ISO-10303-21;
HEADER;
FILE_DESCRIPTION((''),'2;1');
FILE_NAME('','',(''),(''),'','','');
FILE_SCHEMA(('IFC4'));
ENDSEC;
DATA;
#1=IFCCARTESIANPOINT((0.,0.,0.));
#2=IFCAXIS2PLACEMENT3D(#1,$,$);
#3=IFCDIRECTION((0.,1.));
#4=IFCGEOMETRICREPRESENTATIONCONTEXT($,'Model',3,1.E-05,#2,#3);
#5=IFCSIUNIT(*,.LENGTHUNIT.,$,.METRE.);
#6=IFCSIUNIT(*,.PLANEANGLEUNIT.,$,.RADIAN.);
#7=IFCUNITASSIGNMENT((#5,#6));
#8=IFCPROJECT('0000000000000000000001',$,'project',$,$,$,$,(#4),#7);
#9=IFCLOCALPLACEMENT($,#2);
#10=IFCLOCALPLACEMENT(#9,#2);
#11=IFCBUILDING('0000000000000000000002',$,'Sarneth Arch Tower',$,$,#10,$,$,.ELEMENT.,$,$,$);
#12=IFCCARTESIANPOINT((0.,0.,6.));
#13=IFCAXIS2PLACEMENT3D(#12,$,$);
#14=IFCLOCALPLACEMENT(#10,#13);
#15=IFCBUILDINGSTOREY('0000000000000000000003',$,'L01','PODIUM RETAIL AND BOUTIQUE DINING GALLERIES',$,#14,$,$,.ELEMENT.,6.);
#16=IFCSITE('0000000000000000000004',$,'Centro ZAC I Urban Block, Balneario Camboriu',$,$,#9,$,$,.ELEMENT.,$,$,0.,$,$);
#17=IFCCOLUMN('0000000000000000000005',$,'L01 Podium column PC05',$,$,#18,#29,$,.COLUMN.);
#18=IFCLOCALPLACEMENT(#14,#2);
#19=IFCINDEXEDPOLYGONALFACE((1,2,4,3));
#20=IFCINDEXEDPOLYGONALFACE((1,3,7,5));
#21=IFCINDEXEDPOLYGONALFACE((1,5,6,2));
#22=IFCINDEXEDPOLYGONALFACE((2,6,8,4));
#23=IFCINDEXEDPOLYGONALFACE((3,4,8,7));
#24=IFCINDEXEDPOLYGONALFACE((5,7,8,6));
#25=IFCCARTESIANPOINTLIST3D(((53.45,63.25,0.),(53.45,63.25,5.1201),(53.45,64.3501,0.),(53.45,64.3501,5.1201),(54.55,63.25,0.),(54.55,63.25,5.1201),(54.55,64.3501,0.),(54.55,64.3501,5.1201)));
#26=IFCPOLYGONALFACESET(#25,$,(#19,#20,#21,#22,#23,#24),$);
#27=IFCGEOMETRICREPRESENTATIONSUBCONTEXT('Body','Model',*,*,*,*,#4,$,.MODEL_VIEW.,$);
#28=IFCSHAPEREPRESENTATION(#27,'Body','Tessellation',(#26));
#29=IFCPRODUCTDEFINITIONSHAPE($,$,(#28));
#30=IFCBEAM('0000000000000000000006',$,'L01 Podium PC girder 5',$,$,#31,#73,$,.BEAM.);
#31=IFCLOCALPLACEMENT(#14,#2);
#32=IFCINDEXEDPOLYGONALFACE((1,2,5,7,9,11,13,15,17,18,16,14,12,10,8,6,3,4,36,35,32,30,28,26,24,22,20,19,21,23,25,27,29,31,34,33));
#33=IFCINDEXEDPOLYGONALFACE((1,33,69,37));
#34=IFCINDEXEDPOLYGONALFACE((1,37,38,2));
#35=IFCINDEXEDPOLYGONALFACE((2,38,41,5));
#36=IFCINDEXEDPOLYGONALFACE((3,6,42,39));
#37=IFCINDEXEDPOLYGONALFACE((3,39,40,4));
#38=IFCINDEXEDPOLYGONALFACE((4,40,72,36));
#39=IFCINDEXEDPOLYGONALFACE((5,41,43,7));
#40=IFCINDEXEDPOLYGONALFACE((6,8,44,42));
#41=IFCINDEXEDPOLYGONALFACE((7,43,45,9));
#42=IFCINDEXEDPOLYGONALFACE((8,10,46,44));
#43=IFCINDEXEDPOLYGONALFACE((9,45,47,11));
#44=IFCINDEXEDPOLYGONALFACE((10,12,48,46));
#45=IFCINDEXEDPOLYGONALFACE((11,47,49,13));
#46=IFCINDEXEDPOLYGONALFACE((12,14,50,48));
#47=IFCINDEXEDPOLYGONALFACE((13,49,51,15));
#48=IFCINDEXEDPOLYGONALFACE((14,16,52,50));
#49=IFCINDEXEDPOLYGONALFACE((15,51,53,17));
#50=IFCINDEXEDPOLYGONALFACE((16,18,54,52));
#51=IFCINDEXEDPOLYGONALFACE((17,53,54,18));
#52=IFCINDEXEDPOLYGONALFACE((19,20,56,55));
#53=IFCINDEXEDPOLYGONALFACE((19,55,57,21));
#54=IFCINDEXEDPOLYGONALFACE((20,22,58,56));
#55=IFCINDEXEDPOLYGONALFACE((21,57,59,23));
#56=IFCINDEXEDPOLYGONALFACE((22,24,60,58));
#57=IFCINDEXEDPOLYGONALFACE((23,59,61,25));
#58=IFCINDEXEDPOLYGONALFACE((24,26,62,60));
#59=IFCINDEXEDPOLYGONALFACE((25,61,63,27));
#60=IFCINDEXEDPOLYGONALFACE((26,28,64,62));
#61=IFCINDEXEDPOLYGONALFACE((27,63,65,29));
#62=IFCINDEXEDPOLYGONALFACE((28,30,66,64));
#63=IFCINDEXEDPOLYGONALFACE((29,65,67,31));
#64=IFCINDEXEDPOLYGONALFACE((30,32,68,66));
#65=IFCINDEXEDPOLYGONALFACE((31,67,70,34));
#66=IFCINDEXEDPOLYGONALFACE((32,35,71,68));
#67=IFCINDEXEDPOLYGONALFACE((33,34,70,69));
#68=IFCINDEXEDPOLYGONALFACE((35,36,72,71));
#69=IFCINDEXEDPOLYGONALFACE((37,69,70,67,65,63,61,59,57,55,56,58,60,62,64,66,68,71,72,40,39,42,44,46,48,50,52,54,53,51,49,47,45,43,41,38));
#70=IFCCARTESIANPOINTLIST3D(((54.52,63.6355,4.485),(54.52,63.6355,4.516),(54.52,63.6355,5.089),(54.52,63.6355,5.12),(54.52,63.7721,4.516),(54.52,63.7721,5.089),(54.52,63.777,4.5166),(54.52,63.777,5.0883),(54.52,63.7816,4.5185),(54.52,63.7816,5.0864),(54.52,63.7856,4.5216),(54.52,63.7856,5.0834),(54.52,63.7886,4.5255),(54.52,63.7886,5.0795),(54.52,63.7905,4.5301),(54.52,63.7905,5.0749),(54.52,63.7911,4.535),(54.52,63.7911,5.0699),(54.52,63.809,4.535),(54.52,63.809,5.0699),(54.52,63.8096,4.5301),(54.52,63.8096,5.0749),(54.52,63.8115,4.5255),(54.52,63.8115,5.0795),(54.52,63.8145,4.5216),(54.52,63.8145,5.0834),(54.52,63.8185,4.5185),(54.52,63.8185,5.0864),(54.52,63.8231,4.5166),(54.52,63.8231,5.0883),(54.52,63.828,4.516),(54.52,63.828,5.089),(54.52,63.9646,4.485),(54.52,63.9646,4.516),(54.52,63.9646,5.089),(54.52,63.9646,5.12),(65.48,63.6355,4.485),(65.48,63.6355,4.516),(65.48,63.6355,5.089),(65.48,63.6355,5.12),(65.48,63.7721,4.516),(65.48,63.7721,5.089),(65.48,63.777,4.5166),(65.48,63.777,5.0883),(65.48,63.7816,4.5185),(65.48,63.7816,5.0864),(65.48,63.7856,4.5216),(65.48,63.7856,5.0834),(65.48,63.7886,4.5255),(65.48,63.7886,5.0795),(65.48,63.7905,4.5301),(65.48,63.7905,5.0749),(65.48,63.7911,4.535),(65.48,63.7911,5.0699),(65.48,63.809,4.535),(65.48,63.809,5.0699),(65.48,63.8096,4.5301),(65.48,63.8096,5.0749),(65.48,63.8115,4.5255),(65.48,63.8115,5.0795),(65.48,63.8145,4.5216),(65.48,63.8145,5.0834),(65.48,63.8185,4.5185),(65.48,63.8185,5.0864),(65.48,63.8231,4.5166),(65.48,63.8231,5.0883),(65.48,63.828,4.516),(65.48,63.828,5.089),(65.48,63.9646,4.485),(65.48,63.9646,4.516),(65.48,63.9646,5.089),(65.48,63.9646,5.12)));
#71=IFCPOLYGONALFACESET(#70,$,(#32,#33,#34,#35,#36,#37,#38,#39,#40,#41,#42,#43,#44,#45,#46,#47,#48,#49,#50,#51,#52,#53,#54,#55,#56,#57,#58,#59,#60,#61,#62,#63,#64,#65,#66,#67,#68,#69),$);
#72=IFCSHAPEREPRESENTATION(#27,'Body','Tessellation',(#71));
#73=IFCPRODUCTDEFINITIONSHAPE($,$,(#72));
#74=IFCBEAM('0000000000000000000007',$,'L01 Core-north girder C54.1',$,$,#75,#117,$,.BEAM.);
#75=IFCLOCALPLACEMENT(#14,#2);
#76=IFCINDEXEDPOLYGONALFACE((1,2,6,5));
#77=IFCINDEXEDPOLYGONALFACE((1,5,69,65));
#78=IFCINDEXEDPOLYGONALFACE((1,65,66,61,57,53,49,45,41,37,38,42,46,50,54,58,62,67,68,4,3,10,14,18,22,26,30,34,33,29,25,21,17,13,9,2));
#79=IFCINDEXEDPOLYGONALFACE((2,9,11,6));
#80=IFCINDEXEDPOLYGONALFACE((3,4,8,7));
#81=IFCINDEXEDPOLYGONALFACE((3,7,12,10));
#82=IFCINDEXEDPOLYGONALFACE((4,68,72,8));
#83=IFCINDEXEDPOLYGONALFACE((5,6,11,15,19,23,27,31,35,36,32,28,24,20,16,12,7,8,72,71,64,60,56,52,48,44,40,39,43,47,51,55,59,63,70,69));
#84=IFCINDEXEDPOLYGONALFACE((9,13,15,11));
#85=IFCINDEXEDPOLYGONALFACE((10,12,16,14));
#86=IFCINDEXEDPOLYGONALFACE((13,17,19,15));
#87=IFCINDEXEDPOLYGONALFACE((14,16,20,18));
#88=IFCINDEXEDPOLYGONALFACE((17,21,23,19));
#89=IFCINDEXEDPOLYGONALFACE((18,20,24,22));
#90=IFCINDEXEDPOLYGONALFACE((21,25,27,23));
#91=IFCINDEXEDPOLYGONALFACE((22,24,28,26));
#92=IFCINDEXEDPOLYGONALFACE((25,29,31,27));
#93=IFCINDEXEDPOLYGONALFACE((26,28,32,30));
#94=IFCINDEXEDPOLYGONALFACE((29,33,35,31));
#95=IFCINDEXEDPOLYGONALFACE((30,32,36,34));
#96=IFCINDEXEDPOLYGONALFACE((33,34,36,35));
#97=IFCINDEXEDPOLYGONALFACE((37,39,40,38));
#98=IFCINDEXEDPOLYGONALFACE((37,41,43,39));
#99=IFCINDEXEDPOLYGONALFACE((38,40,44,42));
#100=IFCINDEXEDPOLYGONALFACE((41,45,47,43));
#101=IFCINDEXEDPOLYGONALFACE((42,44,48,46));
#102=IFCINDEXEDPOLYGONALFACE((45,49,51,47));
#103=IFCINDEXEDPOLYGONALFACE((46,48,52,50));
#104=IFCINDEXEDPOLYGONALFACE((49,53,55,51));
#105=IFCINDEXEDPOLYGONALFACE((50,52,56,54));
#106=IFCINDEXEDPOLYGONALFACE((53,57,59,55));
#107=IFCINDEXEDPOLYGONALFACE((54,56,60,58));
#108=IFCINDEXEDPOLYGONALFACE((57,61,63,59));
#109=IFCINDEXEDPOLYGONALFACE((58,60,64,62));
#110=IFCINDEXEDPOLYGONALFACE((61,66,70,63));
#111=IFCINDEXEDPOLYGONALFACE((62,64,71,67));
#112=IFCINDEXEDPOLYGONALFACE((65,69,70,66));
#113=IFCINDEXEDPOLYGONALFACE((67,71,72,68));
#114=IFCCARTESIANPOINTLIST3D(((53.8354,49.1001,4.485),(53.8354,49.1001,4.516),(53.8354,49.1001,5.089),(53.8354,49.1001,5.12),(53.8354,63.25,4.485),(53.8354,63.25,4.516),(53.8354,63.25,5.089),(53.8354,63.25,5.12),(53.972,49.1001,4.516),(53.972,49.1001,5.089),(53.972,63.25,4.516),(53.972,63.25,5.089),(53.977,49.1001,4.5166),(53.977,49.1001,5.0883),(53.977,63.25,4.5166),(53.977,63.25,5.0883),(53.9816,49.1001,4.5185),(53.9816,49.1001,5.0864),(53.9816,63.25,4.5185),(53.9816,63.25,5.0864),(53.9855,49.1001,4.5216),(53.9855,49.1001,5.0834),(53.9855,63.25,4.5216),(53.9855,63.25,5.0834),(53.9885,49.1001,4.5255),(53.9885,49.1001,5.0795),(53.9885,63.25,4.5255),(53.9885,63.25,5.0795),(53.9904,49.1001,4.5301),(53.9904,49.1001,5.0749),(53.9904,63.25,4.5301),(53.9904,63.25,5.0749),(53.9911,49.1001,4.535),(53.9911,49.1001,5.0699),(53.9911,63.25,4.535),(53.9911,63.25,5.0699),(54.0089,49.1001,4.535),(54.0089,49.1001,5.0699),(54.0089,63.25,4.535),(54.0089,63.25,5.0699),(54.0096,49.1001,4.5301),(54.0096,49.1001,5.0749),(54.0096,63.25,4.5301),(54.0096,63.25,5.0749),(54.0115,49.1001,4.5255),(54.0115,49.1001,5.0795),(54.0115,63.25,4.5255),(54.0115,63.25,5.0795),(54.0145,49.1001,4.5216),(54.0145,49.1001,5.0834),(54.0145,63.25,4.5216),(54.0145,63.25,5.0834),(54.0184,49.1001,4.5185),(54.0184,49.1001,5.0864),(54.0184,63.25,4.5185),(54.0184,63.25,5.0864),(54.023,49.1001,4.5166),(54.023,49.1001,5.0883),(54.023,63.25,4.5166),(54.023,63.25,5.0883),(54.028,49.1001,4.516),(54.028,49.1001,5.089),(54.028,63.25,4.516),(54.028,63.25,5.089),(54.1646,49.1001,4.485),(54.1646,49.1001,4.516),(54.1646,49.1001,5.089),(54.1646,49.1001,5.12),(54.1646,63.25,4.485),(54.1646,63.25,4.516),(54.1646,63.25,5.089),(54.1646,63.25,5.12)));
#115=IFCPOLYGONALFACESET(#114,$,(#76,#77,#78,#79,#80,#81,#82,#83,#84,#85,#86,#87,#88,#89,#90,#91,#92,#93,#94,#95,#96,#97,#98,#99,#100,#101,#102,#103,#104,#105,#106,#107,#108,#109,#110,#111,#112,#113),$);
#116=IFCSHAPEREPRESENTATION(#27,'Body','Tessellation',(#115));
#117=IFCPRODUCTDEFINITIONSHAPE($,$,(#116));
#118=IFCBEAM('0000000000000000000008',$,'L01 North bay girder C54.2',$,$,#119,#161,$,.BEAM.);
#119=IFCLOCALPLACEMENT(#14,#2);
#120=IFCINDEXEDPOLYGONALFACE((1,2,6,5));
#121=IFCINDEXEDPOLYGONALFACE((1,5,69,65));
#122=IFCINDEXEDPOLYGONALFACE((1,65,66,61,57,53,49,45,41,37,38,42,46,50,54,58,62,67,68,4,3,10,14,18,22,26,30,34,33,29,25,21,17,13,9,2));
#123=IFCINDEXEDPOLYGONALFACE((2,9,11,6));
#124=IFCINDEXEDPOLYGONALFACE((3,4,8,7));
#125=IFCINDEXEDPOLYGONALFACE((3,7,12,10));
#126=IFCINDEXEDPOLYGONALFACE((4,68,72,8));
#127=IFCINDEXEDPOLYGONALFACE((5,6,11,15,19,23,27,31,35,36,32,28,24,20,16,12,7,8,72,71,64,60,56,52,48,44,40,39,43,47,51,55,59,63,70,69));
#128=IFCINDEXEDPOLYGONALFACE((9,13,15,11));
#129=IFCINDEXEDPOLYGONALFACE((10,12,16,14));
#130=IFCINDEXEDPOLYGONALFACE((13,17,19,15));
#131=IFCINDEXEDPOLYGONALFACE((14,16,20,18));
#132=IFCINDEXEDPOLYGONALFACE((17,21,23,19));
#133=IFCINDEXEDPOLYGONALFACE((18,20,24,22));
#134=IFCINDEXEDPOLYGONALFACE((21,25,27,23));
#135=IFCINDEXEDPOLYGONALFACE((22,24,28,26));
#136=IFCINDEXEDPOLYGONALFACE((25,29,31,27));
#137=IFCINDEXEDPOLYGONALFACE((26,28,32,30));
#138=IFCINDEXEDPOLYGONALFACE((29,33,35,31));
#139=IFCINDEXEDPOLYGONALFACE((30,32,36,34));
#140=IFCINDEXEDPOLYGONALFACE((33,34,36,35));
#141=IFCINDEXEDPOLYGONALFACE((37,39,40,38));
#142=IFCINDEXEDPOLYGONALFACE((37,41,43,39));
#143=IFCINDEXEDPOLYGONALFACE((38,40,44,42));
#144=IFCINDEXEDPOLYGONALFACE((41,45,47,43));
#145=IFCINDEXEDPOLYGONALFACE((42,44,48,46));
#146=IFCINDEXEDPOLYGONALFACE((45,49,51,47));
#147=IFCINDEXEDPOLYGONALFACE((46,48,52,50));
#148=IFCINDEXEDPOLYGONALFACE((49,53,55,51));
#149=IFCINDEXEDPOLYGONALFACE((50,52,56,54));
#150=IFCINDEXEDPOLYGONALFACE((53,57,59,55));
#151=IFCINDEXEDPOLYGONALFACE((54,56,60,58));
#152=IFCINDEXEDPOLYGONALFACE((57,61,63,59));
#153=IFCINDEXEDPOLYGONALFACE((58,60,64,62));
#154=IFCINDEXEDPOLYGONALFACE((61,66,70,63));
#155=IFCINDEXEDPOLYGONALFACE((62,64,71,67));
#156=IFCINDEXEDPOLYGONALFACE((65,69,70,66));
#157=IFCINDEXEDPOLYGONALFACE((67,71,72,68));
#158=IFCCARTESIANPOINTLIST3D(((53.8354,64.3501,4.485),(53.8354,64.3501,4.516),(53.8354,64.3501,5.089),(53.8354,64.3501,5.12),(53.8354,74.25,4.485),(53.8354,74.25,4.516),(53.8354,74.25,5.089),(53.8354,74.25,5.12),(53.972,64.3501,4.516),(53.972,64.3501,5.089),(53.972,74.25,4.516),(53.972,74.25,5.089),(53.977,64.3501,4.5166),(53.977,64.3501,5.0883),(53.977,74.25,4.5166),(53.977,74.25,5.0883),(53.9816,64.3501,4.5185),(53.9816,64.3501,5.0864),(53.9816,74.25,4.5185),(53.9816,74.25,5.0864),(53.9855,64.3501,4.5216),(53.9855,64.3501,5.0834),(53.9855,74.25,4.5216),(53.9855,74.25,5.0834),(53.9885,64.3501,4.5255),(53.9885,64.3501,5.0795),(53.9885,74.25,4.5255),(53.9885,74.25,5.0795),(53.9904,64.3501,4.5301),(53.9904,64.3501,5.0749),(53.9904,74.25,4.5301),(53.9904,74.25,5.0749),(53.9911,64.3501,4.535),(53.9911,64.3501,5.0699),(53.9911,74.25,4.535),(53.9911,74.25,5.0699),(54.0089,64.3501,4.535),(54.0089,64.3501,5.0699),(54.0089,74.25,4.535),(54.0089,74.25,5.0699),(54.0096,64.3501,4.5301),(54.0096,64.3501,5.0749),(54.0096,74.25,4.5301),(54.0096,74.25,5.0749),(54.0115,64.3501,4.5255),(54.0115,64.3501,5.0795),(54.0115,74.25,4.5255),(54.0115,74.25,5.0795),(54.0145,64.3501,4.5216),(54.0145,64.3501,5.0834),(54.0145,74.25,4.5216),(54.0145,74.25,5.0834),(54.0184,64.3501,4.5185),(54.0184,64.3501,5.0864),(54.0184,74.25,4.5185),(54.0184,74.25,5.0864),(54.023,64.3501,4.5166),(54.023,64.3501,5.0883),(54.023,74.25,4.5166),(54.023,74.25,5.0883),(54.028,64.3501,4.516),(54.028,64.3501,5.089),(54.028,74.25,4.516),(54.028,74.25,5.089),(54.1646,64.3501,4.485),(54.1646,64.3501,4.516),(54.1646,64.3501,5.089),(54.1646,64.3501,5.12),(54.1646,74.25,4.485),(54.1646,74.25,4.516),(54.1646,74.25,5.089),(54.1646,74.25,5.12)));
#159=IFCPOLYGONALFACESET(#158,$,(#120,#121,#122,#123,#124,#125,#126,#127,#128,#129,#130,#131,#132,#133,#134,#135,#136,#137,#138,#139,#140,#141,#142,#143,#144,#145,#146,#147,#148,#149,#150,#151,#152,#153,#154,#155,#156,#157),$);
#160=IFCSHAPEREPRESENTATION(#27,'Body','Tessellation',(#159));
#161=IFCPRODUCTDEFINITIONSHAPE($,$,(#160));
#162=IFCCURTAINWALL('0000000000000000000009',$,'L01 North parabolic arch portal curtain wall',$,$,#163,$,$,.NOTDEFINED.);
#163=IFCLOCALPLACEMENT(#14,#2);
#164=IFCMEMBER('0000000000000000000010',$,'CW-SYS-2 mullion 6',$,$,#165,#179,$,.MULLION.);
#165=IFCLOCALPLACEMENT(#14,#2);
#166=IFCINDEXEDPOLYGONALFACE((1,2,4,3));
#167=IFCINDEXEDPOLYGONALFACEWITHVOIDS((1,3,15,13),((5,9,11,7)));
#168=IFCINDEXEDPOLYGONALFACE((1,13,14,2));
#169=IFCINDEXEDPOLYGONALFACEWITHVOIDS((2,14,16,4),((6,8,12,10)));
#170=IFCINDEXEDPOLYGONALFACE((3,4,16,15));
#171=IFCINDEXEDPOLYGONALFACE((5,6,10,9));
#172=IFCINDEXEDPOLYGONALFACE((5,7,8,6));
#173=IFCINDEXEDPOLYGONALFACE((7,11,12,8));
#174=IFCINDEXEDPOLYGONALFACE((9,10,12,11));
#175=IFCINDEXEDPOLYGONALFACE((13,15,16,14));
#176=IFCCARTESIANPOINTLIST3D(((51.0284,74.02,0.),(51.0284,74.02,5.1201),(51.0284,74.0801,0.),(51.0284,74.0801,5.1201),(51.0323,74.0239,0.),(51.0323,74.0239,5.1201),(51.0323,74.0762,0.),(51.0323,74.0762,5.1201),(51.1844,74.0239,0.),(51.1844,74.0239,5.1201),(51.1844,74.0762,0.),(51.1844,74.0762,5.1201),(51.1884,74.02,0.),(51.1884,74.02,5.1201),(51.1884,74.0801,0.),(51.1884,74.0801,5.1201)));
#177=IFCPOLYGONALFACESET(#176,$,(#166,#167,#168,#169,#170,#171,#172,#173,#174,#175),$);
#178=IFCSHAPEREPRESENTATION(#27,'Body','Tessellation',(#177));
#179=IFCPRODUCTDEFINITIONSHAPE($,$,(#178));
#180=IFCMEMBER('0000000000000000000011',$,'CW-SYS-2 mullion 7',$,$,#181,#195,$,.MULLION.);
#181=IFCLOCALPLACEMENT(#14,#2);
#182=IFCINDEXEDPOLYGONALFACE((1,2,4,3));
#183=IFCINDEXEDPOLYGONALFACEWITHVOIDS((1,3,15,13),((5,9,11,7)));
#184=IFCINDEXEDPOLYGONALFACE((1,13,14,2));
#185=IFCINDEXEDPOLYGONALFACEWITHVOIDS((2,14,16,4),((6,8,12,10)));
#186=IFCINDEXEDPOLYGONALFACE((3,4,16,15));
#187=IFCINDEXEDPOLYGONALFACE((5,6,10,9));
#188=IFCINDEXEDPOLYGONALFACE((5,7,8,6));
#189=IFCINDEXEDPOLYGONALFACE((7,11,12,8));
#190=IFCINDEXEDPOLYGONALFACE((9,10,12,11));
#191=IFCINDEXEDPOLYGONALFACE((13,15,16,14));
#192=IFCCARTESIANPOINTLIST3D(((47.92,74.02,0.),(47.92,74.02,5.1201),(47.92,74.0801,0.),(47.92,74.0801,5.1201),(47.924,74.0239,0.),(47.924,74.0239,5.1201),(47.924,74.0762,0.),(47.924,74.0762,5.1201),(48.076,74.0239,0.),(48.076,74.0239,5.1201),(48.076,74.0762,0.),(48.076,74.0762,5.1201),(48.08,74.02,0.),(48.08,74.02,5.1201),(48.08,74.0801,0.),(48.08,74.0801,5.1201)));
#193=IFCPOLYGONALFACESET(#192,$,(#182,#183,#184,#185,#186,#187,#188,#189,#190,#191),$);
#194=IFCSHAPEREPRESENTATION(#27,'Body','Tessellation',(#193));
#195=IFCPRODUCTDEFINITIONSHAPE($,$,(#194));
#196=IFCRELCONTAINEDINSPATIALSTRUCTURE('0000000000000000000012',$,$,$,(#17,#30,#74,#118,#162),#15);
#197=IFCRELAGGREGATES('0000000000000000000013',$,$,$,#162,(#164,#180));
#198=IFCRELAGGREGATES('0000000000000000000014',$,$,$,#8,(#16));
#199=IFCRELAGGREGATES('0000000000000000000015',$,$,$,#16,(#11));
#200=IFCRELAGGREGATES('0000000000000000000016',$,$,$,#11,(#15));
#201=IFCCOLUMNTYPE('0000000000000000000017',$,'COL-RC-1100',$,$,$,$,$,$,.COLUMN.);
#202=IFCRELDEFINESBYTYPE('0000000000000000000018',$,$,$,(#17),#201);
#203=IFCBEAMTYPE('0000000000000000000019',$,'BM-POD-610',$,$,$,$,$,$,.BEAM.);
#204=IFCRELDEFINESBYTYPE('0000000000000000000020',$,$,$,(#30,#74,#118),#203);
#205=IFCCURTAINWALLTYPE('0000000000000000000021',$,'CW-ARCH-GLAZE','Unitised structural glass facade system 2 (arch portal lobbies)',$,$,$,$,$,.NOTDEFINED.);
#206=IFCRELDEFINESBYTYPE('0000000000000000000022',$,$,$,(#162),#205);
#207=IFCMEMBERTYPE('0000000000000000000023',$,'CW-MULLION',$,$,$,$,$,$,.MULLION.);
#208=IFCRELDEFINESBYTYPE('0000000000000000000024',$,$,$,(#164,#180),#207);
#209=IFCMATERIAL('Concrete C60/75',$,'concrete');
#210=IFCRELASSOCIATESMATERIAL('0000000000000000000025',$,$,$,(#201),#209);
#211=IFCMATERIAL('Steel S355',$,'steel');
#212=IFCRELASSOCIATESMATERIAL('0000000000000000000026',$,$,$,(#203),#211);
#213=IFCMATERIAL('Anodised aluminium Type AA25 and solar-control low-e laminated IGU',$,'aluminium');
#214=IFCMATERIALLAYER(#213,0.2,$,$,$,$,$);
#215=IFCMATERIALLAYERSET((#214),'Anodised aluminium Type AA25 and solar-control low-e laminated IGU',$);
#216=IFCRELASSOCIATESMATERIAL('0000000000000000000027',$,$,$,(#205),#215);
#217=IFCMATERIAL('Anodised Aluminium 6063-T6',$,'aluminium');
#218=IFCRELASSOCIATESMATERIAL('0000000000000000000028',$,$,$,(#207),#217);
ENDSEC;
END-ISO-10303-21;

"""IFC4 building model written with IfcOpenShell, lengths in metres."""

from ifc_helpers import new_model, si_unit, direction, frame, origin, origin_2d, place, context, subcontext, project, spatial, rectangle, hollow_rectangle, i_section, extrude, material, layer, layer_set, material_profile, profile_set, type_object, element, aggregate, save


model = new_model("IFC4")

# Units and contexts
model_context = context("Model", 3, precision=1e-05, world=origin(), true_north=direction((0.0, 1.0)))
body_context = subcontext(model_context, "Body", "Model", "MODEL_VIEW")
ifc_project = project(units=[si_unit("LENGTHUNIT", "METRE"), si_unit("PLANEANGLEUNIT", "RADIAN")], contexts=[model_context])

# Site, building, storey
site_placement = place(None, origin())
site = spatial("IfcSite", under=ifc_project, at=site_placement, Name="Centro ZAC I Urban Block, Balneario Camboriu", CompositionType="ELEMENT", RefElevation=0.0)
building_placement = place(site_placement, origin())
building = spatial("IfcBuilding", under=site, at=building_placement, Name="Sarneth Arch Tower", CompositionType="ELEMENT")
storey_placement = place(building_placement, frame((0.0, 0.0, 6.0)))
storey = spatial("IfcBuildingStorey", under=building, at=storey_placement, Name="L01", Description="PODIUM RETAIL AND BOUTIQUE DINING GALLERIES", CompositionType="ELEMENT", Elevation=6.0)

# Column
ifc_material_1 = material(Name="Concrete C60/75", Category="concrete")
ifc_material_profile_1 = material_profile(ifc_material_1, rectangle(XDim=1.1001, YDim=1.1001, at=origin_2d()), Name="RC-1100x1100")
ifc_profile_set_1 = profile_set([ifc_material_profile_1], Name="Concrete C60/75")
column_type = type_object("IfcColumnType", Name="COL-RC-1100", PredefinedType="COLUMN", material=ifc_profile_set_1)
column_placement = place(storey_placement, frame((54.0, 63.8, 0.0), z_axis=(0.0, 0.0, 1.0), x_axis=(1.0, 0.0, 0.0)))
element("IfcColumn", 1, at=column_placement, inside=storey, type_object=column_type, Name="L01 Podium column PC05", PredefinedType="COLUMN", context=body_context, shape_type="SweptSolid", body=[
    extrude(rectangle(XDim=1.1001, YDim=1.1001, at=origin_2d()), origin(), (0.0, 0.0, 1.0), 5.1201),
])

# Beams
ifc_material_2 = material(Name="Steel S355", Category="steel")
ifc_material_profile_2 = material_profile(ifc_material_2, i_section(OverallWidth=0.3291, OverallDepth=0.635, WebThickness=0.0178, FlangeThickness=0.031, FilletRadius=0.019, at=origin_2d()), Name="W610x241")
ifc_profile_set_2 = profile_set([ifc_material_profile_2], Name="Steel S355")
beam_type = type_object("IfcBeamType", Name="BM-POD-610", PredefinedType="BEAM", material=ifc_profile_set_2)
beam_1_placement = place(storey_placement, frame((54.52, 63.8, 4.8025), z_axis=(1.0, 0.0, 0.0), x_axis=(0.0, 1.0, 0.0)))
element("IfcBeam", 2, at=beam_1_placement, inside=storey, type_object=beam_type, Name="L01 Podium PC girder 5", PredefinedType="BEAM", context=body_context, shape_type="SweptSolid", body=[
    extrude(i_section(OverallWidth=0.3291, OverallDepth=0.635, WebThickness=0.0178, FlangeThickness=0.031, FilletRadius=0.019, at=origin_2d()), origin(), (0.0, 0.0, 1.0), 10.96),
])
beam_2_placement = place(storey_placement, frame((54.0, 49.1001, 4.8025), z_axis=(0.0, 1.0, 0.0), x_axis=(-1.0, 0.0, 0.0)))
element("IfcBeam", 3, at=beam_2_placement, inside=storey, type_object=beam_type, Name="L01 Core-north girder C54.1", PredefinedType="BEAM", context=body_context, shape_type="SweptSolid", body=[
    extrude(i_section(OverallWidth=0.3291, OverallDepth=0.635, WebThickness=0.0178, FlangeThickness=0.031, FilletRadius=0.019, at=origin_2d()), origin(), (0.0, 0.0, 1.0), 14.1499),
])
beam_3_placement = place(storey_placement, frame((54.0, 64.3501, 4.8025), z_axis=(0.0, 1.0, 0.0), x_axis=(-1.0, 0.0, 0.0)))
element("IfcBeam", 4, at=beam_3_placement, inside=storey, type_object=beam_type, Name="L01 North bay girder C54.2", PredefinedType="BEAM", context=body_context, shape_type="SweptSolid", body=[
    extrude(i_section(OverallWidth=0.3291, OverallDepth=0.635, WebThickness=0.0178, FlangeThickness=0.031, FilletRadius=0.019, at=origin_2d()), origin(), (0.0, 0.0, 1.0), 9.8999),
])

# Curtain wall, members
ifc_material_3 = material(Name="Anodised aluminium Type AA25 and solar-control low-e laminated IGU", Category="aluminium")
ifc_layer_1 = layer(ifc_material_3, 0.2)
ifc_layer_set_1 = layer_set([ifc_layer_1], Name="Anodised aluminium Type AA25 and solar-control low-e laminated IGU")
curtain_wall_type = type_object("IfcCurtainWallType", Name="CW-ARCH-GLAZE", Description="Unitised structural glass facade system 2 (arch portal lobbies)", PredefinedType="NOTDEFINED", material=ifc_layer_set_1)
curtain_wall_placement = place(storey_placement, origin())
curtain_wall = element("IfcCurtainWall", 5, at=curtain_wall_placement, inside=storey, type_object=curtain_wall_type, Name="L01 North parabolic arch portal curtain wall", PredefinedType="NOTDEFINED")
ifc_material_4 = material(Name="Anodised Aluminium 6063-T6", Category="aluminium")
ifc_material_profile_3 = material_profile(ifc_material_4, hollow_rectangle(XDim=0.0601, YDim=0.1599, WallThickness=0.0039, at=origin_2d()), Name="AL-MULL-160x60x4")
ifc_profile_set_3 = profile_set([ifc_material_profile_3], Name="Anodised Aluminium 6063-T6")
member_type_1 = type_object("IfcMemberType", Name="CW-MULLION", PredefinedType="MULLION", material=ifc_profile_set_3)
member_1_placement = place(storey_placement, frame((51.1084, 74.05, 0.0), z_axis=(0.0, 0.0, 1.0), x_axis=(0.0, -1.0, 0.0)))
member_1 = element("IfcMember", 6, at=member_1_placement, type_object=member_type_1, Name="CW-SYS-2 mullion 6", PredefinedType="MULLION", context=body_context, shape_type="SweptSolid", body=[
    extrude(hollow_rectangle(XDim=0.0601, YDim=0.1599, WallThickness=0.0039, at=origin_2d()), origin(), (0.0, 0.0, 1.0), 5.1201),
])
member_2_placement = place(storey_placement, frame((48.0, 74.05, 0.0), z_axis=(0.0, 0.0, 1.0), x_axis=(0.0, -1.0, 0.0)))
member_2 = element("IfcMember", 7, at=member_2_placement, type_object=member_type_1, Name="CW-SYS-2 mullion 7", PredefinedType="MULLION", context=body_context, shape_type="SweptSolid", body=[
    extrude(hollow_rectangle(XDim=0.0601, YDim=0.1599, WallThickness=0.0039, at=origin_2d()), origin(), (0.0, 0.0, 1.0), 5.1201),
])
aggregate(curtain_wall, [member_1, member_2])

save(model, "model.ifc")
